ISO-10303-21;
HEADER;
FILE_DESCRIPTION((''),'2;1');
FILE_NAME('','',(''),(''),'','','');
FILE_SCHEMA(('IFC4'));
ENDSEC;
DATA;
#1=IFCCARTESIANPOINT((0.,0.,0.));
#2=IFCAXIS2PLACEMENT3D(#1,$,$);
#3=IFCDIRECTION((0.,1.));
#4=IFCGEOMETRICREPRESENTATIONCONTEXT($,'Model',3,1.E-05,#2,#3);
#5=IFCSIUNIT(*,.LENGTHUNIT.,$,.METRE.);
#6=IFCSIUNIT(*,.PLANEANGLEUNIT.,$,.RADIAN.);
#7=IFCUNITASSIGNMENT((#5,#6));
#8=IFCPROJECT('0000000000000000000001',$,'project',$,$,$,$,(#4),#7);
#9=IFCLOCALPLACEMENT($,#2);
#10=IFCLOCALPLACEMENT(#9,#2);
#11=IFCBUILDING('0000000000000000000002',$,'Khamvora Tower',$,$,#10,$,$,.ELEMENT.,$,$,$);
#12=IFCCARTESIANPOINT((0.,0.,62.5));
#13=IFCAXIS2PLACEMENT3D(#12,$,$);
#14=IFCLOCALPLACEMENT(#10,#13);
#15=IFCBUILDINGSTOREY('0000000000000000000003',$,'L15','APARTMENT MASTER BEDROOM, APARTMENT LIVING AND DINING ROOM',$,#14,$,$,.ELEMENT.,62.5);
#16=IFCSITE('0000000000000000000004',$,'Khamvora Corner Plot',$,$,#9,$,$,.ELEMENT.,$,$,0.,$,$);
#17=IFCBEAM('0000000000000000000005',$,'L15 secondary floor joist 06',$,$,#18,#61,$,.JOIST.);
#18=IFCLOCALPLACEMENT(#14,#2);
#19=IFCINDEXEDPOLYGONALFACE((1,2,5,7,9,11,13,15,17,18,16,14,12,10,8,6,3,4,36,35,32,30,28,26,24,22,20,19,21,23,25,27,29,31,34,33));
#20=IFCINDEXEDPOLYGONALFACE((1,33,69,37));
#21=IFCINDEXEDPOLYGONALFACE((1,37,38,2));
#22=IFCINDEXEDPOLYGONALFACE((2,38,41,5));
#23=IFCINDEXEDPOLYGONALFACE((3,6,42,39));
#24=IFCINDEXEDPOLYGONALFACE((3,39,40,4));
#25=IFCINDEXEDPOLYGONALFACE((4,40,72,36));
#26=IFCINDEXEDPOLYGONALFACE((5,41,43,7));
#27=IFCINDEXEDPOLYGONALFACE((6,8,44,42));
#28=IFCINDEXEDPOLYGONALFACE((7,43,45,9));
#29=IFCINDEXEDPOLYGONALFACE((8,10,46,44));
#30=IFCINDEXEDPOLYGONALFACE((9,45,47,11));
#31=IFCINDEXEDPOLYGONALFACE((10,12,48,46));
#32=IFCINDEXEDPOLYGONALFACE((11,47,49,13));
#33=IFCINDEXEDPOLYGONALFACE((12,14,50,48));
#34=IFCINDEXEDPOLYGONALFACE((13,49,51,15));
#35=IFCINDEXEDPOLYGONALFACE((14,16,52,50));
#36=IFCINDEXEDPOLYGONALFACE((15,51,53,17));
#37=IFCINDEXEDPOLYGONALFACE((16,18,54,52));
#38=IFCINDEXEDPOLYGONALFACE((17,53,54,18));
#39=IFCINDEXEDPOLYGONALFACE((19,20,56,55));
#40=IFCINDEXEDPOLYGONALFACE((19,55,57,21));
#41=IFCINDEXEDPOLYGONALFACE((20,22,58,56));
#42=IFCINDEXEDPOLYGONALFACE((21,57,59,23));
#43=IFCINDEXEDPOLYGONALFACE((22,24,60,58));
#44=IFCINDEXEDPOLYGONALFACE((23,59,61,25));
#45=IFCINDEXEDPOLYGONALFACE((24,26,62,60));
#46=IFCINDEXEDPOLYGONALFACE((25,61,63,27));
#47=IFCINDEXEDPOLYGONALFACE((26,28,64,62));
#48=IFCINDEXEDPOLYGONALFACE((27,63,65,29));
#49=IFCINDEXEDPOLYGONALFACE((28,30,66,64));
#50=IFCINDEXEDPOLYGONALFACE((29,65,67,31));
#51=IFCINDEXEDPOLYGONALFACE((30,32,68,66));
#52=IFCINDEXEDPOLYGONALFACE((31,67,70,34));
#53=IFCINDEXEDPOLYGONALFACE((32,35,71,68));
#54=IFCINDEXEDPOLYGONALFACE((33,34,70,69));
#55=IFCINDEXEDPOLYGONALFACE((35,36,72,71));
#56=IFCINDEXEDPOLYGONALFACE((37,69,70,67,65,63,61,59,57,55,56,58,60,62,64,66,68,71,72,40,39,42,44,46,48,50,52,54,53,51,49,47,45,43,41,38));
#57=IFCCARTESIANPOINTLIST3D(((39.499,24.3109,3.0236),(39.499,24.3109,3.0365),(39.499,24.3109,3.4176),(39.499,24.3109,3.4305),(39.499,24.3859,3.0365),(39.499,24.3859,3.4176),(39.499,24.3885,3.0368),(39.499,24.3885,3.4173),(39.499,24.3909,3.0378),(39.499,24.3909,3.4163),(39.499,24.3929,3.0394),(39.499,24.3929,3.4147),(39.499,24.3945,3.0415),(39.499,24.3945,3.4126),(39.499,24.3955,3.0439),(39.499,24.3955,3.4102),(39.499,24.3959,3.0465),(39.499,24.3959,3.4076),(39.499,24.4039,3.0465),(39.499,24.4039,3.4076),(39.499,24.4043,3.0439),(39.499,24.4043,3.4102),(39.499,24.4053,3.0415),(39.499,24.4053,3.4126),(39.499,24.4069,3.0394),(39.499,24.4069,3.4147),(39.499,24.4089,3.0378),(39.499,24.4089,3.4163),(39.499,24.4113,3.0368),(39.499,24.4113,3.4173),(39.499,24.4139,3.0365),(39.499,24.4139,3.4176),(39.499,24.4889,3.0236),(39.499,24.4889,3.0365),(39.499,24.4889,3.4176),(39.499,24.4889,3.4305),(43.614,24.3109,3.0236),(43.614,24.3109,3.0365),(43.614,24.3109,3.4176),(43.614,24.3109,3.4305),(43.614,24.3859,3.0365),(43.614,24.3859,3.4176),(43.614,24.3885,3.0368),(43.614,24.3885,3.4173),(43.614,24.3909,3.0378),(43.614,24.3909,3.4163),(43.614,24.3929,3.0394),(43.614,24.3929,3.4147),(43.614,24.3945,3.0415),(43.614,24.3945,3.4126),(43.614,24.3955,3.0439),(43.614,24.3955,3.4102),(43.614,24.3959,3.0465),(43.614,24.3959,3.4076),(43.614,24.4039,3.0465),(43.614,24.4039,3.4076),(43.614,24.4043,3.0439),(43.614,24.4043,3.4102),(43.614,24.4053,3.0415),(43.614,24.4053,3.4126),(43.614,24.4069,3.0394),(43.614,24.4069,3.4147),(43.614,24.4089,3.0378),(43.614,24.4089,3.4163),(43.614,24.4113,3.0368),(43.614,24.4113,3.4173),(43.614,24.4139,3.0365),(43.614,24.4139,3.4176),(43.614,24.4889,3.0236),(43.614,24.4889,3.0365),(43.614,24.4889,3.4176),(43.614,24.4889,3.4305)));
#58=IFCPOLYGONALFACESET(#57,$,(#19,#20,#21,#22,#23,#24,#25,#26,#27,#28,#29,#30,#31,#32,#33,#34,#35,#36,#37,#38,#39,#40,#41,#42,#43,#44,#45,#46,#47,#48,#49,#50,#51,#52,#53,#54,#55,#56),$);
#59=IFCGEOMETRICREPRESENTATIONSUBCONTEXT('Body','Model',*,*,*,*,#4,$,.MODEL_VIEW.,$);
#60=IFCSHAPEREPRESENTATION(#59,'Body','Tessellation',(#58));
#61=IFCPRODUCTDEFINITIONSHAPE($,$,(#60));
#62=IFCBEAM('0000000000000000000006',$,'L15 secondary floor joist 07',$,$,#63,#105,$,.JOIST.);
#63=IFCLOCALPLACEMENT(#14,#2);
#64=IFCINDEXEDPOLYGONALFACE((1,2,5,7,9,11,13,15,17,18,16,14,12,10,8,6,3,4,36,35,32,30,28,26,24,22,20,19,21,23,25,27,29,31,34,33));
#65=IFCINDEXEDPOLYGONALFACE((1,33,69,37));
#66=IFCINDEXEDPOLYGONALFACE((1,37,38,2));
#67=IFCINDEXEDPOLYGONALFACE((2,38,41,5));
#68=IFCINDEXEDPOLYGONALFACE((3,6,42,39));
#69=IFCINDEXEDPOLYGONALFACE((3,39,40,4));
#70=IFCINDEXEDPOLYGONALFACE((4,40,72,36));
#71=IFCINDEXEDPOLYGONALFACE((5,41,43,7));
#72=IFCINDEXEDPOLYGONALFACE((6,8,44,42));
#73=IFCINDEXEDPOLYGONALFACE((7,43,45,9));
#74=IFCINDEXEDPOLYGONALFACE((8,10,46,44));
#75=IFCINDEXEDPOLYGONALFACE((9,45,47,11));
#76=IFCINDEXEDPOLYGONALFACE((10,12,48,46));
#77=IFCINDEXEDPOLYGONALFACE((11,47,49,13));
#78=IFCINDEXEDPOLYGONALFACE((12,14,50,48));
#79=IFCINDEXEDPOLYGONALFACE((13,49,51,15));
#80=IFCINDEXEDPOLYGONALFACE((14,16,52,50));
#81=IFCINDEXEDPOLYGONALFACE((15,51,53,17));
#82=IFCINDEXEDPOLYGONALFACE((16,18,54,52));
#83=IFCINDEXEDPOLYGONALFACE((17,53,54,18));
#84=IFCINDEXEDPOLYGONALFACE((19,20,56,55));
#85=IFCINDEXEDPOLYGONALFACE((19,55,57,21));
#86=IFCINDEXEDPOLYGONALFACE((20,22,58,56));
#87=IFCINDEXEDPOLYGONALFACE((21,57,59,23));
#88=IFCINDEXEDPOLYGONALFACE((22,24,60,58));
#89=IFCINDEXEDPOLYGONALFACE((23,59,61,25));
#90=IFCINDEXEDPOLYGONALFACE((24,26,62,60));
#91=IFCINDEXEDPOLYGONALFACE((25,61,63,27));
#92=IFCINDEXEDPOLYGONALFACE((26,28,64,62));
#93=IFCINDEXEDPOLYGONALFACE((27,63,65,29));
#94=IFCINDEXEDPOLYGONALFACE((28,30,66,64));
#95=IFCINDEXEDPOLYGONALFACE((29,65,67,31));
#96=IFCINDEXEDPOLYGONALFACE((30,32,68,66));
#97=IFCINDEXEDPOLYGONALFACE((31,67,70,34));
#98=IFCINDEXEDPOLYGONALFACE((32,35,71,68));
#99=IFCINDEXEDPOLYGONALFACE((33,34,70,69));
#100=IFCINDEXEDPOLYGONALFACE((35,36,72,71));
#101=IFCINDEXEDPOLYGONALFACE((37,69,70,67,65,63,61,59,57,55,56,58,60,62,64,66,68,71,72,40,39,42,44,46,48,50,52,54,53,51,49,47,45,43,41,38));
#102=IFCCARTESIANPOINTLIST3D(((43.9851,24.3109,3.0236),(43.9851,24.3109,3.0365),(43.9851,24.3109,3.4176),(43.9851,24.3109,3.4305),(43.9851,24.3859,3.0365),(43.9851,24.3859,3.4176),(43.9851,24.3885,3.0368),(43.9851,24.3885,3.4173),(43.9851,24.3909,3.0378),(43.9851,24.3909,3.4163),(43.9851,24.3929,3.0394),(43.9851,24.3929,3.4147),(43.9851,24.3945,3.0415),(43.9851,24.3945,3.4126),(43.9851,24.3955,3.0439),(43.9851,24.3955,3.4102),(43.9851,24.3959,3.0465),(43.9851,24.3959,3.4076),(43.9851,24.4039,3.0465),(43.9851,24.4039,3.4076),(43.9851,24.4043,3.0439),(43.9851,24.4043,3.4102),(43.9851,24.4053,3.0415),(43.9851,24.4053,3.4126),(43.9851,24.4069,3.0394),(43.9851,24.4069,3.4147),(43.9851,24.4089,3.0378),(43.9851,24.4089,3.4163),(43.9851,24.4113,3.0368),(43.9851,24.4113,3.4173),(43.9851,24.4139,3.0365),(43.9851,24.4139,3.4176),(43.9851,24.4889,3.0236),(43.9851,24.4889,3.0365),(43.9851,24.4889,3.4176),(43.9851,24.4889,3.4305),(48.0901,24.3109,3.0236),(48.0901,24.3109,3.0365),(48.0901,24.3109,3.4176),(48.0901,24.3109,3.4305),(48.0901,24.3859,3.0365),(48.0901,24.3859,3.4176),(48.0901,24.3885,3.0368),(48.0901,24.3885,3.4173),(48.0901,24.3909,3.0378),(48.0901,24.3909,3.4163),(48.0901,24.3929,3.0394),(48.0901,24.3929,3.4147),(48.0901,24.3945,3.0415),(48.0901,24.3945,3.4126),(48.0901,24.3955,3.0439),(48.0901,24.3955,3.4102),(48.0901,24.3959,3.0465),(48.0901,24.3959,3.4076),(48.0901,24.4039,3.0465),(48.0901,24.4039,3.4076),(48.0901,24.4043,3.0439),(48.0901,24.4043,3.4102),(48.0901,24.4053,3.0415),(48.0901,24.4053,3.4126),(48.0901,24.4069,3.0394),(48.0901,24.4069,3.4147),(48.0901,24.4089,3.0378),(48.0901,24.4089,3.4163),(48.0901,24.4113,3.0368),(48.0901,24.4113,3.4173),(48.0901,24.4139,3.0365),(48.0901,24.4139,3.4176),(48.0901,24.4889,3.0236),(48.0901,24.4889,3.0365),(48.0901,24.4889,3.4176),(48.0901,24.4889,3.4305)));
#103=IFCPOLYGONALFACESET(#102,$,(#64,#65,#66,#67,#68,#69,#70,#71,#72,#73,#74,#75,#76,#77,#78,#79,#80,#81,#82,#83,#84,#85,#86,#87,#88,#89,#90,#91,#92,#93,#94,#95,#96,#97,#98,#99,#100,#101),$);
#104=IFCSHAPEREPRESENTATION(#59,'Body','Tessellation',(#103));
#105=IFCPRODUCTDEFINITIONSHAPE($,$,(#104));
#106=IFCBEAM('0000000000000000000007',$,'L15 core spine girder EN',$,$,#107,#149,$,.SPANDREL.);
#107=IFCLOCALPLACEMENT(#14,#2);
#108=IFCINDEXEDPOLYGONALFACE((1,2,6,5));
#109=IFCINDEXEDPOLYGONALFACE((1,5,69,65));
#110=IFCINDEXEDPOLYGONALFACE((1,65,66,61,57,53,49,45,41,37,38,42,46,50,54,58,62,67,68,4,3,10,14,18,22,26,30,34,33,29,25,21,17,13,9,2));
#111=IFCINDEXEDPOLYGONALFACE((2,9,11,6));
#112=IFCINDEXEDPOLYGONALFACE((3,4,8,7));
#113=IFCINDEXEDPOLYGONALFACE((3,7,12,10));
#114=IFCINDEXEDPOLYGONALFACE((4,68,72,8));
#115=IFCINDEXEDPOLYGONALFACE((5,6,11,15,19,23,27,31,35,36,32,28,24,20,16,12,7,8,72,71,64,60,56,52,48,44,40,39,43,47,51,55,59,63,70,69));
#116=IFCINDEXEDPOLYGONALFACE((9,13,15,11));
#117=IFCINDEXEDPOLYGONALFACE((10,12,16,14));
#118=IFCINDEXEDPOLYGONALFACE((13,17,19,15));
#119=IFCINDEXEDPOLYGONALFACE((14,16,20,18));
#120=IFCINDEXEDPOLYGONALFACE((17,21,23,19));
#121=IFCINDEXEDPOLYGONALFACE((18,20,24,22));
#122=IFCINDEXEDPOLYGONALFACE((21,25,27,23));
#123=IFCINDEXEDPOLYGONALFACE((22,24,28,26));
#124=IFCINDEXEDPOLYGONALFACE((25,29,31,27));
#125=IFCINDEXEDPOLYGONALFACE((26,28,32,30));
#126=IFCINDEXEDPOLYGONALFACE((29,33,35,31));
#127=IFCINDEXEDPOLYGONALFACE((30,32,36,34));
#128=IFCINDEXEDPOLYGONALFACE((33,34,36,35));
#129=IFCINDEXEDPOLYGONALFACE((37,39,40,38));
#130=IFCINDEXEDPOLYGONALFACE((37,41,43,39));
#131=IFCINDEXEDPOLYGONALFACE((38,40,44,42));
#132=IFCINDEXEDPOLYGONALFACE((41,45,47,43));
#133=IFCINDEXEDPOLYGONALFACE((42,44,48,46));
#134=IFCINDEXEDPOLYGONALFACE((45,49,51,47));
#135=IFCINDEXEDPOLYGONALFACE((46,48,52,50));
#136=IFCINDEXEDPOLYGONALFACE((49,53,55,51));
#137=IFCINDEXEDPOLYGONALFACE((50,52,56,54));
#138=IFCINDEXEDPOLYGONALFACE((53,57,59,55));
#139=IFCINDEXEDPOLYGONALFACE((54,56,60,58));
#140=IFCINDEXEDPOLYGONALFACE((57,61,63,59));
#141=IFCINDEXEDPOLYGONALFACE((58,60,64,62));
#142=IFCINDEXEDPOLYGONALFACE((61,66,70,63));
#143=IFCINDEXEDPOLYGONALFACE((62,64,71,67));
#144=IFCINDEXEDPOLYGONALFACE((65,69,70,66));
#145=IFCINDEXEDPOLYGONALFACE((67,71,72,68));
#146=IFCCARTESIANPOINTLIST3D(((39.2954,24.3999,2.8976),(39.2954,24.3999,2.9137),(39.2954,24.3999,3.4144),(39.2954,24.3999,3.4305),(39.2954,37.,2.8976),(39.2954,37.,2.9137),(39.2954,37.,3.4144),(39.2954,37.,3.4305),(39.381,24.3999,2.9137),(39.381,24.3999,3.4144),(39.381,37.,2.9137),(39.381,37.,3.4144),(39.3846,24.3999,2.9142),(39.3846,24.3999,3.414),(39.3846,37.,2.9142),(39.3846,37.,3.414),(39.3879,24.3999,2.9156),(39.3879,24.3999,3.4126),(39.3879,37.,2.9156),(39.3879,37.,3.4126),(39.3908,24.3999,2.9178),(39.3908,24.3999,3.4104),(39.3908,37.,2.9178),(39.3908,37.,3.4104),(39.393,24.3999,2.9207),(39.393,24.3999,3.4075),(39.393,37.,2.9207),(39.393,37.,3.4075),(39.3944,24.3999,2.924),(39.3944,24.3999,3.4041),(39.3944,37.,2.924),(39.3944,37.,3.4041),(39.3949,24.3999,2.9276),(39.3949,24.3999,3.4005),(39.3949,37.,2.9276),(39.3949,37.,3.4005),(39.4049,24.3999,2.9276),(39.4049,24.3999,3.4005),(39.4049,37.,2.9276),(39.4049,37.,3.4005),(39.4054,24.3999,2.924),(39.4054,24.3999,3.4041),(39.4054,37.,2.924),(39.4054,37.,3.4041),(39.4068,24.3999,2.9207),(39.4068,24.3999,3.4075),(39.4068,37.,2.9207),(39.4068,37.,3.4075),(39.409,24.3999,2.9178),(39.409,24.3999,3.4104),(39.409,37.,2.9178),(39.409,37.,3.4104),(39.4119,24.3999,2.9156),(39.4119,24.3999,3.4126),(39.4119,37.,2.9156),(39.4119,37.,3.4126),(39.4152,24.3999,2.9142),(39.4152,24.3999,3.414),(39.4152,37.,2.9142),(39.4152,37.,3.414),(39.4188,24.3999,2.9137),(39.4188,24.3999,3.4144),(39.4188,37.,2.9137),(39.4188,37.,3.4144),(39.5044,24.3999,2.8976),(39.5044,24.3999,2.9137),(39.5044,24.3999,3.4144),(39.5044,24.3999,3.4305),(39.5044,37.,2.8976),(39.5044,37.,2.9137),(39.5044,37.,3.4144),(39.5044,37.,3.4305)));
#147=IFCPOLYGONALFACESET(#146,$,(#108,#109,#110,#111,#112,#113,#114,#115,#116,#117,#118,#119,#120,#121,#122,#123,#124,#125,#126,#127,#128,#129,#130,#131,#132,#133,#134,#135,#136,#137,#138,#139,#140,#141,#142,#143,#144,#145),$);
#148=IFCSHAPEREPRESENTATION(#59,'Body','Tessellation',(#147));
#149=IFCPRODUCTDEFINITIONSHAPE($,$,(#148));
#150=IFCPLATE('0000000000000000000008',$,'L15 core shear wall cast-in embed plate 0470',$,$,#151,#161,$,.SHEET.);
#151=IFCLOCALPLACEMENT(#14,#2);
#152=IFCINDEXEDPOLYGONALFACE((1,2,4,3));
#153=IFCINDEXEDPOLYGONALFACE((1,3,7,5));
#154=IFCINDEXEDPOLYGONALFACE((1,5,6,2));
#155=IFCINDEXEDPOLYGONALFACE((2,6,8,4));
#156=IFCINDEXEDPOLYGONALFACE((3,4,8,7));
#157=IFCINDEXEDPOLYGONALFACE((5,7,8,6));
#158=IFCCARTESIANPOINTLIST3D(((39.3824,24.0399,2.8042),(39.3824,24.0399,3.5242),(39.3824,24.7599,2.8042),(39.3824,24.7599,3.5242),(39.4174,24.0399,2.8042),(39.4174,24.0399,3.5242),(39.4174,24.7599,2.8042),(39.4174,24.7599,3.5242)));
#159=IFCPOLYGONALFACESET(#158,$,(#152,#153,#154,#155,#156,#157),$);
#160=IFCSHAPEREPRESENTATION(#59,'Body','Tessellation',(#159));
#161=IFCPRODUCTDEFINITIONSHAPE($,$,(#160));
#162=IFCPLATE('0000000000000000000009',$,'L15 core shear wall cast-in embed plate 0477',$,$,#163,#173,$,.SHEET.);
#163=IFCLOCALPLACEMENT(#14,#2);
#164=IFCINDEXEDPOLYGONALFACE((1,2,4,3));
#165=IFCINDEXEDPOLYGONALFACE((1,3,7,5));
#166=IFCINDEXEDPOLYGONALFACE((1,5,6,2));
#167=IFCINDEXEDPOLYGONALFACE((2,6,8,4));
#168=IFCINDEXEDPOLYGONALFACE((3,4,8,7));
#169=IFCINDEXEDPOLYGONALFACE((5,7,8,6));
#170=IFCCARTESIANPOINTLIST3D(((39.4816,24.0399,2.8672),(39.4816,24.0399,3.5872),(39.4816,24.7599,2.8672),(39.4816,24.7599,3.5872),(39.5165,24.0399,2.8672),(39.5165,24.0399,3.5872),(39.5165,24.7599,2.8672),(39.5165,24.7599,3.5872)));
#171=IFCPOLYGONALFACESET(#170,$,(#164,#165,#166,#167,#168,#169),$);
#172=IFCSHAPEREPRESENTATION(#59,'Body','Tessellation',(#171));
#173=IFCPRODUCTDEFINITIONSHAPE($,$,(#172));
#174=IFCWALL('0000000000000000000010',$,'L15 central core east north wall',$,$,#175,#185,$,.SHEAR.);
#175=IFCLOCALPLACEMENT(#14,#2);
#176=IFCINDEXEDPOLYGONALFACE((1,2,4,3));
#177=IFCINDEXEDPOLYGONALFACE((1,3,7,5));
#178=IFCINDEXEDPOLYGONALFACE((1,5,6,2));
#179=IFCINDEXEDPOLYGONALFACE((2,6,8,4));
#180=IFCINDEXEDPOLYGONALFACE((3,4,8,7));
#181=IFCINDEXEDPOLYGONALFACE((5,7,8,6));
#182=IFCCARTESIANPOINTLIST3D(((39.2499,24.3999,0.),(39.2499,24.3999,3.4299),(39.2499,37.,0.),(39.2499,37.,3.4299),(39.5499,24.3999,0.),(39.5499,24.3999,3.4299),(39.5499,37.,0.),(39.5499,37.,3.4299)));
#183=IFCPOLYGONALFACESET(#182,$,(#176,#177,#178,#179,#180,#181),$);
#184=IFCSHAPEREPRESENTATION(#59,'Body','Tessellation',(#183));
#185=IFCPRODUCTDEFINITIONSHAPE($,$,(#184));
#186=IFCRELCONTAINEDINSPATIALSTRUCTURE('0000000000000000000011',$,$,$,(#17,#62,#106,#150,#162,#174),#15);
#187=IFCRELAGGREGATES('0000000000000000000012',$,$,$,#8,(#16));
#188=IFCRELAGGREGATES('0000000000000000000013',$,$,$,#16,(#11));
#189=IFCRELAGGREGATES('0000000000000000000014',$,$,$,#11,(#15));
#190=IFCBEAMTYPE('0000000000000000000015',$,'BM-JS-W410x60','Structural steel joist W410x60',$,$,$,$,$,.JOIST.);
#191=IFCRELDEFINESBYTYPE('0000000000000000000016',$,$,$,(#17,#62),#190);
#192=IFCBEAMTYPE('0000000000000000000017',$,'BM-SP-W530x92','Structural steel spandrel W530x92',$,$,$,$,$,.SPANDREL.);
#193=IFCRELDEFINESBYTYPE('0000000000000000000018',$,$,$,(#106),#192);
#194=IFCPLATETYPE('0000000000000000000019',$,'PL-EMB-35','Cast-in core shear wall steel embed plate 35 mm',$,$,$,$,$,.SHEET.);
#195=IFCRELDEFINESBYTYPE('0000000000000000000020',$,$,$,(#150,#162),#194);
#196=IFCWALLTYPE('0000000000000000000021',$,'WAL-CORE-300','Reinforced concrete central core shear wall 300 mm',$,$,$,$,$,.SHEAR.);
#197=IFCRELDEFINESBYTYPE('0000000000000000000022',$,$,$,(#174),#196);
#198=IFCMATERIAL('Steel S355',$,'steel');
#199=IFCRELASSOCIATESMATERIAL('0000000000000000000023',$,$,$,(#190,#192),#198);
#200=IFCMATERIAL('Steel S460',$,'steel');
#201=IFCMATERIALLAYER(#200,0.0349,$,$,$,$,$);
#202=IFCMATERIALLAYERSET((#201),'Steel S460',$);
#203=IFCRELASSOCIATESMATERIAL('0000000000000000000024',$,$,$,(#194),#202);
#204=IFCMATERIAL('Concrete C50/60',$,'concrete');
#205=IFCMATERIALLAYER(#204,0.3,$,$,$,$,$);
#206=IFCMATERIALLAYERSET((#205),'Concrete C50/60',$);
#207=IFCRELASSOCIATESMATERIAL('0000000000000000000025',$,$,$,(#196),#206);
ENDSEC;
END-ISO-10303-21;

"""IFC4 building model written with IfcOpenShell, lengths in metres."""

from ifc_helpers import new_model, si_unit, direction, frame, frame_2d, origin, origin_2d, place, context, subcontext, project, spatial, rectangle, i_section, extrude, material, layer, layer_set, material_profile, profile_set, type_object, element, save


model = new_model("IFC4")

# Units and contexts
model_context = context("Model", 3, precision=1e-05, world=origin(), true_north=direction((0.0, 1.0)))
body_context = subcontext(model_context, "Body", "Model", "MODEL_VIEW")
ifc_project = project(units=[si_unit("LENGTHUNIT", "METRE"), si_unit("PLANEANGLEUNIT", "RADIAN")], contexts=[model_context])

# Site, building, storey
site_placement = place(None, origin())
site = spatial("IfcSite", under=ifc_project, at=site_placement, Name="Khamvora Corner Plot", CompositionType="ELEMENT", RefElevation=0.0)
building_placement = place(site_placement, origin())
building = spatial("IfcBuilding", under=site, at=building_placement, Name="Khamvora Tower", CompositionType="ELEMENT")
storey_placement = place(building_placement, frame((0.0, 0.0, 62.5)))
storey = spatial("IfcBuildingStorey", under=building, at=storey_placement, Name="L15", Description="APARTMENT MASTER BEDROOM, APARTMENT LIVING AND DINING ROOM", CompositionType="ELEMENT", Elevation=62.5)

# Beams
ifc_material_1 = material(Name="Steel S355", Category="steel")
ifc_material_profile_1 = material_profile(ifc_material_1, i_section(OverallWidth=0.178, OverallDepth=0.407, WebThickness=0.0081, FlangeThickness=0.0129, FilletRadius=0.01, at=origin_2d()), Name="W410x60")
ifc_profile_set_1 = profile_set([ifc_material_profile_1], Name="Steel S355")
beam_type_1 = type_object("IfcBeamType", Name="BM-JS-W410x60", Description="Structural steel joist W410x60", PredefinedType="JOIST", material=ifc_profile_set_1)
beam_1_placement = place(storey_placement, frame((39.499, 24.3999, 3.2271), z_axis=(1.0, 0.0, 0.0), x_axis=(0.0, 1.0, 0.0)))
element("IfcBeam", 1, at=beam_1_placement, inside=storey, type_object=beam_type_1, Name="L15 secondary floor joist 06", PredefinedType="JOIST", context=body_context, shape_type="SweptSolid", body=[
    extrude(i_section(OverallWidth=0.178, OverallDepth=0.407, WebThickness=0.0081, FlangeThickness=0.0129, FilletRadius=0.01, at=origin_2d()), origin(), (0.0, 0.0, 1.0), 4.115),
])
beam_2_placement = place(storey_placement, frame((43.9851, 24.3999, 3.2271), z_axis=(1.0, 0.0, 0.0), x_axis=(0.0, 1.0, 0.0)))
element("IfcBeam", 2, at=beam_2_placement, inside=storey, type_object=beam_type_1, Name="L15 secondary floor joist 07", PredefinedType="JOIST", context=body_context, shape_type="SweptSolid", body=[
    extrude(i_section(OverallWidth=0.178, OverallDepth=0.407, WebThickness=0.0081, FlangeThickness=0.0129, FilletRadius=0.01, at=origin_2d()), origin(), (0.0, 0.0, 1.0), 4.105),
])
ifc_material_profile_2 = material_profile(ifc_material_1, i_section(OverallWidth=0.209, OverallDepth=0.533, WebThickness=0.01, FlangeThickness=0.0161, FilletRadius=0.0139, at=origin_2d()), Name="W530x92")
ifc_profile_set_2 = profile_set([ifc_material_profile_2], Name="Steel S355")
beam_type_2 = type_object("IfcBeamType", Name="BM-SP-W530x92", Description="Structural steel spandrel W530x92", PredefinedType="SPANDREL", material=ifc_profile_set_2)
beam_3_placement = place(storey_placement, frame((39.3999, 24.3999, 3.1641), z_axis=(0.0, 1.0, 0.0), x_axis=(-1.0, 0.0, 0.0)))
element("IfcBeam", 3, at=beam_3_placement, inside=storey, type_object=beam_type_2, Name="L15 core spine girder EN", PredefinedType="SPANDREL", context=body_context, shape_type="SweptSolid", body=[
    extrude(i_section(OverallWidth=0.209, OverallDepth=0.533, WebThickness=0.01, FlangeThickness=0.0161, FilletRadius=0.0139, at=origin_2d()), origin(), (0.0, 0.0, 1.0), 12.6001),
])

# Plates
ifc_material_2 = material(Name="Steel S460", Category="steel")
ifc_layer_1 = layer(ifc_material_2, 0.0349)
ifc_layer_set_1 = layer_set([ifc_layer_1], Name="Steel S460")
plate_type = type_object("IfcPlateType", Name="PL-EMB-35", Description="Cast-in core shear wall steel embed plate 35 mm", PredefinedType="SHEET", material=ifc_layer_set_1)
for number, where, z_axis, x_axis, name in (
    (4, (39.3999, 24.3999, 2.8042), (0.0, 0.0, 1.0), (1.0, 0.0, 0.0), "L15 core shear wall cast-in embed plate 0470"),
    (5, (39.499, 24.3999, 2.8672), (0.0, 0.0, 1.0), (1.0, 0.0, 0.0), "L15 core shear wall cast-in embed plate 0477"),
):
    element("IfcPlate", number, at=place(storey_placement, frame(where, z_axis=z_axis, x_axis=x_axis)), inside=storey, type_object=plate_type, Name=name, PredefinedType="SHEET", context=body_context, shape_type="SweptSolid", body=[
        extrude(rectangle(XDim=0.0349, YDim=0.72, at=origin_2d()), origin(), (0.0, 0.0, 1.0), 0.72),
    ])

# Wall
ifc_material_3 = material(Name="Concrete C50/60", Category="concrete")
ifc_layer_2 = layer(ifc_material_3, 0.3)
ifc_layer_set_2 = layer_set([ifc_layer_2], Name="Concrete C50/60")
wall_type_1 = type_object("IfcWallType", Name="WAL-CORE-300", Description="Reinforced concrete central core shear wall 300 mm", PredefinedType="SHEAR", material=ifc_layer_set_2)
wall_1_placement = place(storey_placement, frame((39.3999, 24.3999, 0.0), z_axis=(0.0, 0.0, 1.0), x_axis=(0.0, 1.0, 0.0)))
element("IfcWall", 6, at=wall_1_placement, inside=storey, type_object=wall_type_1, Name="L15 central core east north wall", PredefinedType="SHEAR", context=body_context, shape_type="SweptSolid", body=[
    extrude(rectangle(XDim=12.6001, YDim=0.3, at=frame_2d((6.3, 0.0))), origin(), (0.0, 0.0, 1.0), 3.4299),
])

save(model, "model.ifc")
